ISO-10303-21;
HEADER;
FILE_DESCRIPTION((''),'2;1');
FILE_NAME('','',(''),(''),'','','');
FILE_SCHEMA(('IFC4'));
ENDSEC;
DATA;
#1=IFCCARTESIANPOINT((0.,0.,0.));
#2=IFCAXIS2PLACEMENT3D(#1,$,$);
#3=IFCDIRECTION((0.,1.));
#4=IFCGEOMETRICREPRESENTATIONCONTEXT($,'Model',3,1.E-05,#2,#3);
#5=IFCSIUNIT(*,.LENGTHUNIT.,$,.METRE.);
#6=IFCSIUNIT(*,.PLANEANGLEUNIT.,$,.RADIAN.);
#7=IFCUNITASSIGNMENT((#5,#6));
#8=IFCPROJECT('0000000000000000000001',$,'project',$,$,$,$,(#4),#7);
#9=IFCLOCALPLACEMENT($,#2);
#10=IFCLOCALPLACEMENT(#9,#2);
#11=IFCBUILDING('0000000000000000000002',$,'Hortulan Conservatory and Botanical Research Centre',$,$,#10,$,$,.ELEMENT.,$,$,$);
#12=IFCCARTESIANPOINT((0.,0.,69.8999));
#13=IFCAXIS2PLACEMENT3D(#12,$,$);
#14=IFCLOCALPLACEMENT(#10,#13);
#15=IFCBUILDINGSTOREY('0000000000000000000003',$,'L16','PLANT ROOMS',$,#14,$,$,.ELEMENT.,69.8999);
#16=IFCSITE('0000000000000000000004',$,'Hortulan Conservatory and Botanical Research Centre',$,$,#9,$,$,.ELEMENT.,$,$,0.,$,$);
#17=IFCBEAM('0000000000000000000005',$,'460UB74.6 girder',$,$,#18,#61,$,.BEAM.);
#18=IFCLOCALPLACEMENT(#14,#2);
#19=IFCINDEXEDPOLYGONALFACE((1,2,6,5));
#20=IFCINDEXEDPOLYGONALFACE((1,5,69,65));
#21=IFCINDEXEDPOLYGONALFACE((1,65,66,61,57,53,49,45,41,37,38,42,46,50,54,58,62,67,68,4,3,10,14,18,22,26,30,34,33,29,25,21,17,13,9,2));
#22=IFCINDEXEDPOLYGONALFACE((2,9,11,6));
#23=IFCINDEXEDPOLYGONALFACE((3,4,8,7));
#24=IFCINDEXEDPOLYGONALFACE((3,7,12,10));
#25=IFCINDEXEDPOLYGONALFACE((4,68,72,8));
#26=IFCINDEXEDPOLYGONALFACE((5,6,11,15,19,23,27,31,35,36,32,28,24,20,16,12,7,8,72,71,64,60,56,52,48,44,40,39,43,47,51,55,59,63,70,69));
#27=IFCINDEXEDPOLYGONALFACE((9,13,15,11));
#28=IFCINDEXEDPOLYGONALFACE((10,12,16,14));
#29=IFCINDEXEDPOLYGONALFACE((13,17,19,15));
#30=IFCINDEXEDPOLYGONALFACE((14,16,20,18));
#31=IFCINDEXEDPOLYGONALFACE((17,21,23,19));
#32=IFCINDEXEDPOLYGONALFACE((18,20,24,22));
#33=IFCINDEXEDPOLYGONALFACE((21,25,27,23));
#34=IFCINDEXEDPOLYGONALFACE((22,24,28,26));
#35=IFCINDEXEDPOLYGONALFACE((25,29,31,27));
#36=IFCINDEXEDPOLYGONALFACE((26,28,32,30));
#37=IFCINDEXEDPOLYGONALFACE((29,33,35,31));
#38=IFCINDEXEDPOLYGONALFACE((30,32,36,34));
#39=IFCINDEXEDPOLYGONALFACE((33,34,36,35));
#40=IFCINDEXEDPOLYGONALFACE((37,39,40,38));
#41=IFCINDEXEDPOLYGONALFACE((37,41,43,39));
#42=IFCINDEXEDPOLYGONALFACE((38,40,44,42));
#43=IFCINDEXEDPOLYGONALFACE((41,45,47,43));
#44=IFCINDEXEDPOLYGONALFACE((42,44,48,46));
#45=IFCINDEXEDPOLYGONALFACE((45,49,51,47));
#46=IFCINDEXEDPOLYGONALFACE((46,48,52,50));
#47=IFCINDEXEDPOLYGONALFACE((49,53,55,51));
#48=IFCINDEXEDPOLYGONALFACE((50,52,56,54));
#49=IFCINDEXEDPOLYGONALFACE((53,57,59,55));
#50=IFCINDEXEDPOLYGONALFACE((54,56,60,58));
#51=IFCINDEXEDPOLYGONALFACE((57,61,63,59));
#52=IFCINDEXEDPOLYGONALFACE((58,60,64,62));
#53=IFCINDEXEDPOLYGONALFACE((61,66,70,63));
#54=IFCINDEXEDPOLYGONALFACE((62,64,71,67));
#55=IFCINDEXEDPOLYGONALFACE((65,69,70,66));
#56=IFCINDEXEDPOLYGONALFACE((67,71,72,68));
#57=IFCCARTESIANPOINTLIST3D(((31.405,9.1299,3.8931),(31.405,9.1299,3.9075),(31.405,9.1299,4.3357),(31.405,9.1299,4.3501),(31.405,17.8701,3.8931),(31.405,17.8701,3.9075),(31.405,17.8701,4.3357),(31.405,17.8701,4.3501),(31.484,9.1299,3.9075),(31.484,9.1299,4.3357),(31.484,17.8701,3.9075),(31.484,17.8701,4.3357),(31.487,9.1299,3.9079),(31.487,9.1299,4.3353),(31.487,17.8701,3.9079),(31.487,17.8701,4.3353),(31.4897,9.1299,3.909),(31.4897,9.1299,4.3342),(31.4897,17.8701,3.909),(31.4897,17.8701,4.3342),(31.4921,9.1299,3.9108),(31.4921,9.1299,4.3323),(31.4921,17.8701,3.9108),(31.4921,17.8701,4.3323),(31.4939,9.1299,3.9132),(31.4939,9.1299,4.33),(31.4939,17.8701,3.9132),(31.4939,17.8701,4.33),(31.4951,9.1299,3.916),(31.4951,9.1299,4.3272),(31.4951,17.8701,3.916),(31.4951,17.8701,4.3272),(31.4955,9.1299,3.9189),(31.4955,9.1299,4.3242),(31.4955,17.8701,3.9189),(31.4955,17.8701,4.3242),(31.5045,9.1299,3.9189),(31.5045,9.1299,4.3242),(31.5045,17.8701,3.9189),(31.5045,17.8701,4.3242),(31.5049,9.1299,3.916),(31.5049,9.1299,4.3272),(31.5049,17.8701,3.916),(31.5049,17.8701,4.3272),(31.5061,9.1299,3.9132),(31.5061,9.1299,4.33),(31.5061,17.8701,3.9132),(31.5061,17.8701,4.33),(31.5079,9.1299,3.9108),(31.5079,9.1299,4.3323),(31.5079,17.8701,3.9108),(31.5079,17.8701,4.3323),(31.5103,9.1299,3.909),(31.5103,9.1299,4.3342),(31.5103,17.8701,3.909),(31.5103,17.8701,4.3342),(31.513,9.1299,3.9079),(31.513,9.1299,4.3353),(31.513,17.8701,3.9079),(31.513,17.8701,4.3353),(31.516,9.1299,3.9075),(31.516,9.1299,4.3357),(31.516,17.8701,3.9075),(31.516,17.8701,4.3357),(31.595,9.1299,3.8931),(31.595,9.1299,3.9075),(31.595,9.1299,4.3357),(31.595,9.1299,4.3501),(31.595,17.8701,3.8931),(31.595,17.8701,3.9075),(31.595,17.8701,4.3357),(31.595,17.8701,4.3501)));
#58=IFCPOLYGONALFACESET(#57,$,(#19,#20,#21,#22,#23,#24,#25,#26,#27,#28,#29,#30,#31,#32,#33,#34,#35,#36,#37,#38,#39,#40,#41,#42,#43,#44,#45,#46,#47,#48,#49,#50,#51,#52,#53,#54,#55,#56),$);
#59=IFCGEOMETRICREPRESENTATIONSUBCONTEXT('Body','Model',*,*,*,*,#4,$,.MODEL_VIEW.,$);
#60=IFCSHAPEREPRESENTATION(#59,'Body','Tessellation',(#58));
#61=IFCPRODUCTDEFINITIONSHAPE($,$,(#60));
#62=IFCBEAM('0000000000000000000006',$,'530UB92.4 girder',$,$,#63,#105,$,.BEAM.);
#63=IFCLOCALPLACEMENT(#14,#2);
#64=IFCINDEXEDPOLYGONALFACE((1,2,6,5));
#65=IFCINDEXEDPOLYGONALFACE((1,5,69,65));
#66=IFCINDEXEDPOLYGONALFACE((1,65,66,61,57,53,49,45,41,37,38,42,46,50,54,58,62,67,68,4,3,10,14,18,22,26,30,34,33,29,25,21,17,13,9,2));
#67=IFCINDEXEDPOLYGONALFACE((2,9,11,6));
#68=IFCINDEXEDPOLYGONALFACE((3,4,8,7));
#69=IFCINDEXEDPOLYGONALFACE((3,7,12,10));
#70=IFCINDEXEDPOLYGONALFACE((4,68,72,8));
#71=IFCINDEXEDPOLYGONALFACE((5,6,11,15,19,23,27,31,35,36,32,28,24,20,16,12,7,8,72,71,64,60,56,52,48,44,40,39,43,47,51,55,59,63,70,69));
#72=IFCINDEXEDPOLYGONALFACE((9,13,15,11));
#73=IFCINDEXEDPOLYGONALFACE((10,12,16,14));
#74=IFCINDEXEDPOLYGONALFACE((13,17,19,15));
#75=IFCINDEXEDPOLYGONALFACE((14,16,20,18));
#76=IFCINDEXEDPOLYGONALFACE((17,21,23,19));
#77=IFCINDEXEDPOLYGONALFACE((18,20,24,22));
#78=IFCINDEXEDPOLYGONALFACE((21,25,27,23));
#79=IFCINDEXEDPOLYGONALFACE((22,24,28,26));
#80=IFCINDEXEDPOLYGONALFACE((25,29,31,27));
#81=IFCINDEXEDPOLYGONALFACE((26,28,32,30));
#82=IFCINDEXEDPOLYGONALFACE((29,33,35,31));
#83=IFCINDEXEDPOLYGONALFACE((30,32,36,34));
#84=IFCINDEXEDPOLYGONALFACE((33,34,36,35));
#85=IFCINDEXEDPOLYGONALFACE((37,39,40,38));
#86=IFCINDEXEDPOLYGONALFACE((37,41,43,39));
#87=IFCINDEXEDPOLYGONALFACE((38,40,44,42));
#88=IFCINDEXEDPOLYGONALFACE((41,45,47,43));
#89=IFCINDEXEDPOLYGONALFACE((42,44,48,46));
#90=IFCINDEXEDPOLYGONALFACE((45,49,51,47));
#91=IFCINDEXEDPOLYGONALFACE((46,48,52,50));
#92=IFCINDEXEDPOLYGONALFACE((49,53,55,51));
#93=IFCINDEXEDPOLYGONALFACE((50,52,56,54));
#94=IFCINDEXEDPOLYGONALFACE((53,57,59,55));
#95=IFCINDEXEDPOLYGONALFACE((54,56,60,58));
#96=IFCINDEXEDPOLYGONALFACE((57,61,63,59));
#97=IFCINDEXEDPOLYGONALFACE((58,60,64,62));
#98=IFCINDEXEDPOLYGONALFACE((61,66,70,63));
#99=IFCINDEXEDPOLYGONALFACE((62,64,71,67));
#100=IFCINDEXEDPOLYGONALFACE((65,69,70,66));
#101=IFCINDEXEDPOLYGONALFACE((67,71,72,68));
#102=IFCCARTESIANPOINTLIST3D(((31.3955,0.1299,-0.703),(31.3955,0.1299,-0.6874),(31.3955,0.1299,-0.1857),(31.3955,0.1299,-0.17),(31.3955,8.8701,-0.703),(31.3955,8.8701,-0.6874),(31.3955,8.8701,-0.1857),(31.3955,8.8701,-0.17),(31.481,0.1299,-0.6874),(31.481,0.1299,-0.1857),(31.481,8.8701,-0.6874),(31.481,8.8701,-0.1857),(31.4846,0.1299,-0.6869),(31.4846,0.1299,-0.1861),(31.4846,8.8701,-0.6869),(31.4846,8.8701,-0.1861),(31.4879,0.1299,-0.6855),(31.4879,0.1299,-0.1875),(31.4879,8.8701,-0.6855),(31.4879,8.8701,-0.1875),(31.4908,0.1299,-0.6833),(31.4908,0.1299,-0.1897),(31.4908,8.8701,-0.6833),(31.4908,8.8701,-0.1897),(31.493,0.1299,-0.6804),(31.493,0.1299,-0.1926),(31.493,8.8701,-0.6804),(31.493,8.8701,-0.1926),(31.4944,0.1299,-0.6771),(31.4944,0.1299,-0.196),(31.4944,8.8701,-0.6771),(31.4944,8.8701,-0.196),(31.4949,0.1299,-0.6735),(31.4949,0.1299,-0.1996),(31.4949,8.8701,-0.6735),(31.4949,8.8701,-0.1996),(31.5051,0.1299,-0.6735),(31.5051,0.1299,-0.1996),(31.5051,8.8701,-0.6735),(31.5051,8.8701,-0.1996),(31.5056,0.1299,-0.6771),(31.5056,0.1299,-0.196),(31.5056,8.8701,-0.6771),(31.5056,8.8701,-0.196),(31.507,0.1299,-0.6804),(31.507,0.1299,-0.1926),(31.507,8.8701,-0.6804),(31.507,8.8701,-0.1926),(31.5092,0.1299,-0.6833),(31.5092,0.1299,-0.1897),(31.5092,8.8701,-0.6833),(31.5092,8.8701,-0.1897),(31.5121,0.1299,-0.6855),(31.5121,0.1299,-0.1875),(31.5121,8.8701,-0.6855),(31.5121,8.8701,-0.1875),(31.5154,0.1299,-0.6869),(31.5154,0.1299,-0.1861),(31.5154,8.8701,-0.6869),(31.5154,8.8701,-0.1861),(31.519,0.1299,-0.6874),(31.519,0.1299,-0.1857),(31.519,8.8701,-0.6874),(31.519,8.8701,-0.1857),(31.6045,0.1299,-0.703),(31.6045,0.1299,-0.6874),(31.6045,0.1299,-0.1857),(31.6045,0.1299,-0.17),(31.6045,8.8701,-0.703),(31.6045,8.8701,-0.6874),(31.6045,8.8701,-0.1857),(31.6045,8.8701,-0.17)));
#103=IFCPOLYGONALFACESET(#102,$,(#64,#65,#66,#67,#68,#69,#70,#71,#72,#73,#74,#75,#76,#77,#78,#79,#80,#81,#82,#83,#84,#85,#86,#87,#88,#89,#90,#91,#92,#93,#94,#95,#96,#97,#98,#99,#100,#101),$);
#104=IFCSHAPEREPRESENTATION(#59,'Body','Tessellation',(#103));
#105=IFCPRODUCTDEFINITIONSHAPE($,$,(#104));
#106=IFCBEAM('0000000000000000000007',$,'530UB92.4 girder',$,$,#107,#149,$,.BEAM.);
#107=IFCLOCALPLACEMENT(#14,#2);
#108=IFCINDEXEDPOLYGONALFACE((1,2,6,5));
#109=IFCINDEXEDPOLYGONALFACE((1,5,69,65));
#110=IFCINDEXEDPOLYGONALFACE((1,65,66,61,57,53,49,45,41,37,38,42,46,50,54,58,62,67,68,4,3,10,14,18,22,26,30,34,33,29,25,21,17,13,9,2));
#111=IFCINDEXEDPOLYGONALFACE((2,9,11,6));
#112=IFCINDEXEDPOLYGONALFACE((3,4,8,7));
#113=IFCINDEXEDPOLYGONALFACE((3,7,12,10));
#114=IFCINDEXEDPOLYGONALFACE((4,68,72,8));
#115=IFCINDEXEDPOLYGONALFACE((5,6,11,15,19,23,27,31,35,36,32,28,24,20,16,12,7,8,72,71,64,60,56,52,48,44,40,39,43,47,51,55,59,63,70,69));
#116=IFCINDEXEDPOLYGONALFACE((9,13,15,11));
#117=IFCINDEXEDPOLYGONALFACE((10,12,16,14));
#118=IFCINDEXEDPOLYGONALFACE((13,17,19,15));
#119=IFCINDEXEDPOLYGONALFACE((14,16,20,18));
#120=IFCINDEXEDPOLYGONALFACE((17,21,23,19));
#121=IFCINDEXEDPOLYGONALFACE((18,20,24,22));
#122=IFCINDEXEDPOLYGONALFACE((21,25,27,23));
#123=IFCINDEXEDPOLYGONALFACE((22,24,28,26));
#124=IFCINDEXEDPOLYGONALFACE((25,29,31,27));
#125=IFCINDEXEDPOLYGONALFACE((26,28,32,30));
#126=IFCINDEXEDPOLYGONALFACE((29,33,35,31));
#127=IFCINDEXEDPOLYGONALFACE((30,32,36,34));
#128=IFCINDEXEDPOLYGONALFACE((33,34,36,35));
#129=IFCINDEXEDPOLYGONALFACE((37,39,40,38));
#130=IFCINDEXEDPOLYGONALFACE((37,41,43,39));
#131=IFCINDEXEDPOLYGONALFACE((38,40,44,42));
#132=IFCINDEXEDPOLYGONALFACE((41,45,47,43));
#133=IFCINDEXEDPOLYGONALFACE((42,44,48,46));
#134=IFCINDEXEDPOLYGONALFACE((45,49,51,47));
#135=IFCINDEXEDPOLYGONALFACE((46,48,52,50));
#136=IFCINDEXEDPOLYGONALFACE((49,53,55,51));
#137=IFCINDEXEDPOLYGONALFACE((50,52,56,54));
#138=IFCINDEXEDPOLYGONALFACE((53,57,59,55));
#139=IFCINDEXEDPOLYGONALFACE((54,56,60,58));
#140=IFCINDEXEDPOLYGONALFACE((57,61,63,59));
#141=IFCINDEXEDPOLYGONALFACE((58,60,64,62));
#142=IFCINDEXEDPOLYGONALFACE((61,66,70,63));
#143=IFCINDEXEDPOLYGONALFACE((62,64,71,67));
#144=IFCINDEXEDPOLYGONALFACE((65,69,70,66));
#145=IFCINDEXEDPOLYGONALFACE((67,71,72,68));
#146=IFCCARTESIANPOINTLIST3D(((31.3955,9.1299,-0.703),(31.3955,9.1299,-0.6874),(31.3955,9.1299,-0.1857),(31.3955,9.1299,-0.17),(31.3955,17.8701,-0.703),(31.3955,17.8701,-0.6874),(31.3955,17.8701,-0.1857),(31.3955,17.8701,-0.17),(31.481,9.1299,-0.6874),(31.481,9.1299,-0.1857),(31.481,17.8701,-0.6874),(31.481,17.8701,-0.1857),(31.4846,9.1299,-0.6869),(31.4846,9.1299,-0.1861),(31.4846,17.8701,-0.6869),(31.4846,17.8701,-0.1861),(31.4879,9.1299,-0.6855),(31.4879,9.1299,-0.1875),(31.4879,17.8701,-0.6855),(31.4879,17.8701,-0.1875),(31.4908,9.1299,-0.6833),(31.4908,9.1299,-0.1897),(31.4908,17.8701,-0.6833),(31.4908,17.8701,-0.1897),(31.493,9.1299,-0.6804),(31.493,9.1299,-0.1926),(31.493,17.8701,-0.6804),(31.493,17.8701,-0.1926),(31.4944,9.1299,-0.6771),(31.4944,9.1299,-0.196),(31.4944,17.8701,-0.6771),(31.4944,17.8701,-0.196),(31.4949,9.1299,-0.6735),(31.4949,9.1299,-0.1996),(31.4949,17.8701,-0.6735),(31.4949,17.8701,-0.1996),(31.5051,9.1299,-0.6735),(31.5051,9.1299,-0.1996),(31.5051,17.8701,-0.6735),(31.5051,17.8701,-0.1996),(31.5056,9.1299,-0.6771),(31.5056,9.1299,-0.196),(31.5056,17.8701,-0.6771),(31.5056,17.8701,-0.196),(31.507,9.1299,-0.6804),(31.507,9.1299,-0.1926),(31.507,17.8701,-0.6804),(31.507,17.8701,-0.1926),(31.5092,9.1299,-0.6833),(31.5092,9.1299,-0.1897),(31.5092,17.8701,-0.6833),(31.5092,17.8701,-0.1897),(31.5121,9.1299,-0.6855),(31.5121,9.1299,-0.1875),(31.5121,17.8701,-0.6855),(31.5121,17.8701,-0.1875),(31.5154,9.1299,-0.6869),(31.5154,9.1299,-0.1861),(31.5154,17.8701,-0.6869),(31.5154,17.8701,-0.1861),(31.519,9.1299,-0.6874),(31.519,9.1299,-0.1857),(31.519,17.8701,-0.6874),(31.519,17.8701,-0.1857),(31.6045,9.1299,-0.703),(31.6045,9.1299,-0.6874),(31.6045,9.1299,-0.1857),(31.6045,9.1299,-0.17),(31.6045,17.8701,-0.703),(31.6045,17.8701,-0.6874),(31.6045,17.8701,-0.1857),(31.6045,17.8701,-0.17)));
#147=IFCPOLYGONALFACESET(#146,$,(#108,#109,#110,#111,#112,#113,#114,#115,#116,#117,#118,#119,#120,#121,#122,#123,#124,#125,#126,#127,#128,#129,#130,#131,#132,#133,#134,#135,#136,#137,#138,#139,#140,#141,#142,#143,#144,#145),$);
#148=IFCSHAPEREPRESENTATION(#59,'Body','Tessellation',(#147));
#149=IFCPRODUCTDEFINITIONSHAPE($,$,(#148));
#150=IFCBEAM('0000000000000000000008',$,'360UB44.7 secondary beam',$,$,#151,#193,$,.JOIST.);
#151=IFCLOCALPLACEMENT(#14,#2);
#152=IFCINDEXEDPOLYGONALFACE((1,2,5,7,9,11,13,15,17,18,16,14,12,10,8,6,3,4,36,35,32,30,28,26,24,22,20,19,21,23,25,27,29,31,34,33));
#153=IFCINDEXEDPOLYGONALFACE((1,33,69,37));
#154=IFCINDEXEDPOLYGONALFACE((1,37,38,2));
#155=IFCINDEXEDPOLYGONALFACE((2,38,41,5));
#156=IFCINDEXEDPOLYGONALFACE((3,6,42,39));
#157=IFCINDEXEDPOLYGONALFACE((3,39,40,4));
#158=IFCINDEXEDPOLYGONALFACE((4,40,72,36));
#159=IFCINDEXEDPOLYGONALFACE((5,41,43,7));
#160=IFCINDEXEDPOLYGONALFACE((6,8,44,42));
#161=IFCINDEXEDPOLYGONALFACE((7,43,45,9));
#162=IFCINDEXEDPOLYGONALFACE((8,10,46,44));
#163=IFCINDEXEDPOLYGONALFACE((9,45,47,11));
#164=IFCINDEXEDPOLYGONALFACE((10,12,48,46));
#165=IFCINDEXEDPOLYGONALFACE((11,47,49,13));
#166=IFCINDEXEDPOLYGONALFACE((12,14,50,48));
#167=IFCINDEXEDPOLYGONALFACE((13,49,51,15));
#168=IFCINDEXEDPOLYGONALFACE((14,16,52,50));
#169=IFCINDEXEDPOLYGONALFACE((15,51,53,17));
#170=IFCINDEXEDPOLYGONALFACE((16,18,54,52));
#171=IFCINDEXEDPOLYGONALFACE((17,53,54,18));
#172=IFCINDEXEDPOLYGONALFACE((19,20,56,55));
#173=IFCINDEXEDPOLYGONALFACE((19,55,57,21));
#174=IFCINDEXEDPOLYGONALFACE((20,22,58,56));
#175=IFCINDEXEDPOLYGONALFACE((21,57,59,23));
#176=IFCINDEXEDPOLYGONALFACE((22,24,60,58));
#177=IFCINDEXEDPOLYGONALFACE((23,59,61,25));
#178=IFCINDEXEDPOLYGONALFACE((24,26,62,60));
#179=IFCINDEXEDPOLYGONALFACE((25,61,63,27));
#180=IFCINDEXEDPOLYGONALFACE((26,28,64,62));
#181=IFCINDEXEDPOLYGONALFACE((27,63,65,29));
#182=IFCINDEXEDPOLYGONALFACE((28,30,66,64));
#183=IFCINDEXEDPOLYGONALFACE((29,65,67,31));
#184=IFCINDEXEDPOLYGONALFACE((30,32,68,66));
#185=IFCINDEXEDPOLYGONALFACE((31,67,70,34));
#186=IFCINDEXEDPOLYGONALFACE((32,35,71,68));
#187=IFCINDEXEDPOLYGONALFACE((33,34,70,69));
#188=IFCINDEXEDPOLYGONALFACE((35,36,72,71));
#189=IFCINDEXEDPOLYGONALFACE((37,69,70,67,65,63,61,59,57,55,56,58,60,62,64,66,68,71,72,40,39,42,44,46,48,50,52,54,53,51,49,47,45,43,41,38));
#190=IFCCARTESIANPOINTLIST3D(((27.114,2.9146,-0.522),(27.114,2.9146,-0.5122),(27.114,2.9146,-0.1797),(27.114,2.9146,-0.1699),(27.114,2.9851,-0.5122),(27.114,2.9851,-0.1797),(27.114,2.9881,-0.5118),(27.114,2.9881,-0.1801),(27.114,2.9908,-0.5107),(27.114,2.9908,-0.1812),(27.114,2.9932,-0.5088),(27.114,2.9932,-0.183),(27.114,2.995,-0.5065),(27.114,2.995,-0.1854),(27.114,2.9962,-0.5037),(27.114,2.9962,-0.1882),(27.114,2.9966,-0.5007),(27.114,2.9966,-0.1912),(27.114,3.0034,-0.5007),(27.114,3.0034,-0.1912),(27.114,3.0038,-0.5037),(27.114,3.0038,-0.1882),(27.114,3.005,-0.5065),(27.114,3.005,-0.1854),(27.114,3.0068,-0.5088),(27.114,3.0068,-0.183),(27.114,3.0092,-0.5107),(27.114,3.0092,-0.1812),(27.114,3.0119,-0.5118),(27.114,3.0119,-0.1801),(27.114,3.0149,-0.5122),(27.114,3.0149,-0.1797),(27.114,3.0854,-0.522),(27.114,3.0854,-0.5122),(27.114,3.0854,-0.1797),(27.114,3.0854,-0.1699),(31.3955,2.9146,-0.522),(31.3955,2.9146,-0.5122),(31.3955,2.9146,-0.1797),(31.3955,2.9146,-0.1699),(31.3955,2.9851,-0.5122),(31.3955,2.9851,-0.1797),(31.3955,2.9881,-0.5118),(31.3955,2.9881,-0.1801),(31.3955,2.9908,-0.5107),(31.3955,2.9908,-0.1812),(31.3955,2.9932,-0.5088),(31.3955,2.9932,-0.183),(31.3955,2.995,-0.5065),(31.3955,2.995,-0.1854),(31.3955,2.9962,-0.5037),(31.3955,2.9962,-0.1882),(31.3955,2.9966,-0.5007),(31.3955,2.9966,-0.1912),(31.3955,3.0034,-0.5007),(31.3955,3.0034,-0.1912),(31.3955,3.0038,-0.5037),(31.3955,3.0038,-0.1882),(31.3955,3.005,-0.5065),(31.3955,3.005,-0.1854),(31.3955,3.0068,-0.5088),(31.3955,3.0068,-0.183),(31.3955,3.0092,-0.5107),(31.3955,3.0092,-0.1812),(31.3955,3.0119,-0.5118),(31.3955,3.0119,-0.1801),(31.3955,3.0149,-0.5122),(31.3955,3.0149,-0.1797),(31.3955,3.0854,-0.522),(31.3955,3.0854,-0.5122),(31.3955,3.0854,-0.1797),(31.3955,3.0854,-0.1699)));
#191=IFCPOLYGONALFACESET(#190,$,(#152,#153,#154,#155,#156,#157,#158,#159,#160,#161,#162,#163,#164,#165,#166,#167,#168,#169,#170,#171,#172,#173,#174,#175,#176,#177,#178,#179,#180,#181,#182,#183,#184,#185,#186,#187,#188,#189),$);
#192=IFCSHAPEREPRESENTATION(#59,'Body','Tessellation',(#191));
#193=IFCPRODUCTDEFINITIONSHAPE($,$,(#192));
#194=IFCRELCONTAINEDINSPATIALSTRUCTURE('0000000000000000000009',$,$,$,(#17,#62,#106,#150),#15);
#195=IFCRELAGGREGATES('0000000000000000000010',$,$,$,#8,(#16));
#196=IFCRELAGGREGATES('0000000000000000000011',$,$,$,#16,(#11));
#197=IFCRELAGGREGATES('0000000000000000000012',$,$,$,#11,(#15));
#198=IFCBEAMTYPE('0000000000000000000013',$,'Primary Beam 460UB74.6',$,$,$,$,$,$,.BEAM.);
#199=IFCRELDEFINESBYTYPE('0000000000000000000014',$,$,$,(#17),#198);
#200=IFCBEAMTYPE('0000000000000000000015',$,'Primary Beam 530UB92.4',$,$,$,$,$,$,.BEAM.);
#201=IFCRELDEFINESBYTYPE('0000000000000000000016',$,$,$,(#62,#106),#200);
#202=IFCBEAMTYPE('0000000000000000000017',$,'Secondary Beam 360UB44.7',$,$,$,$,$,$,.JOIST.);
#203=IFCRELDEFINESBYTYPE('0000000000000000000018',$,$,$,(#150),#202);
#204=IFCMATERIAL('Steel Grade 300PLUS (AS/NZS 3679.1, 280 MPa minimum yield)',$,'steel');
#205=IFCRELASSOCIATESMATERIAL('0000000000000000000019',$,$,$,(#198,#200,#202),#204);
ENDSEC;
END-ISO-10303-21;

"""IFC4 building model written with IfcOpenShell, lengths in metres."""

from ifc_helpers import new_model, si_unit, direction, frame, origin, origin_2d, place, context, subcontext, project, spatial, i_section, extrude, material, material_profile, profile_set, type_object, element, save


model = new_model("IFC4")

# Units and contexts
model_context = context("Model", 3, precision=1e-05, world=origin(), true_north=direction((0.0, 1.0)))
body_context = subcontext(model_context, "Body", "Model", "MODEL_VIEW")
ifc_project = project(units=[si_unit("LENGTHUNIT", "METRE"), si_unit("PLANEANGLEUNIT", "RADIAN")], contexts=[model_context])

# Site, building, storey
site_placement = place(None, origin())
site = spatial("IfcSite", under=ifc_project, at=site_placement, Name="Hortulan Conservatory and Botanical Research Centre", CompositionType="ELEMENT", RefElevation=0.0)
building_placement = place(site_placement, origin())
building = spatial("IfcBuilding", under=site, at=building_placement, Name="Hortulan Conservatory and Botanical Research Centre", CompositionType="ELEMENT")
storey_placement = place(building_placement, frame((0.0, 0.0, 69.8999)))
storey = spatial("IfcBuildingStorey", under=building, at=storey_placement, Name="L16", Description="PLANT ROOMS", CompositionType="ELEMENT", Elevation=69.8999)

# Shared definitions
ifc_material_1 = material(Name="Steel Grade 300PLUS (AS/NZS 3679.1, 280 MPa minimum yield)", Category="steel")

# Beams
ifc_material_profile_1 = material_profile(ifc_material_1, i_section(OverallWidth=0.1899, OverallDepth=0.457, WebThickness=0.009, FlangeThickness=0.0144, FilletRadius=0.0115, at=origin_2d()), Name="460UB74.6")
ifc_profile_set_1 = profile_set([ifc_material_profile_1], Name="Steel Grade 300PLUS (AS/NZS 3679.1, 280 MPa minimum yield)")
beam_type_1 = type_object("IfcBeamType", Name="Primary Beam 460UB74.6", PredefinedType="BEAM", material=ifc_profile_set_1)
for number, where, z_axis, x_axis, name in (
    (1, (31.5, 9.1299, 4.1216), (0.0, 1.0, 0.0), (-1.0, 0.0, 0.0), "460UB74.6 girder"),
):
    element("IfcBeam", number, at=place(storey_placement, frame(where, z_axis=z_axis, x_axis=x_axis)), inside=storey, type_object=beam_type_1, Name=name, PredefinedType="BEAM", context=body_context, shape_type="SweptSolid", body=[
        extrude(i_section(OverallWidth=0.1899, OverallDepth=0.457, WebThickness=0.009, FlangeThickness=0.0144, FilletRadius=0.0115, at=origin_2d()), origin(), (0.0, 0.0, 1.0), 8.7402),
    ])
ifc_material_profile_2 = material_profile(ifc_material_1, i_section(OverallWidth=0.209, OverallDepth=0.533, WebThickness=0.0103, FlangeThickness=0.0156, FilletRadius=0.0139, at=origin_2d()), Name="530UB92.4")
ifc_profile_set_2 = profile_set([ifc_material_profile_2], Name="Steel Grade 300PLUS (AS/NZS 3679.1, 280 MPa minimum yield)")
beam_type_2 = type_object("IfcBeamType", Name="Primary Beam 530UB92.4", PredefinedType="BEAM", material=ifc_profile_set_2)
for number, where, z_axis, x_axis, name in (
    (2, (31.5, 0.1299, -0.4365), (0.0, 1.0, 0.0), (-1.0, 0.0, 0.0), "530UB92.4 girder"),
    (3, (31.5, 9.1299, -0.4365), (0.0, 1.0, 0.0), (-1.0, 0.0, 0.0), "530UB92.4 girder"),
):
    element("IfcBeam", number, at=place(storey_placement, frame(where, z_axis=z_axis, x_axis=x_axis)), inside=storey, type_object=beam_type_2, Name=name, PredefinedType="BEAM", context=body_context, shape_type="SweptSolid", body=[
        extrude(i_section(OverallWidth=0.209, OverallDepth=0.533, WebThickness=0.0103, FlangeThickness=0.0156, FilletRadius=0.0139, at=origin_2d()), origin(), (0.0, 0.0, 1.0), 8.7402),
    ])
ifc_material_profile_3 = material_profile(ifc_material_1, i_section(OverallWidth=0.1709, OverallDepth=0.3521, WebThickness=0.0068, FlangeThickness=0.0098, FilletRadius=0.0115, at=origin_2d()), Name="360UB44.7")
ifc_profile_set_3 = profile_set([ifc_material_profile_3], Name="Steel Grade 300PLUS (AS/NZS 3679.1, 280 MPa minimum yield)")
beam_type_3 = type_object("IfcBeamType", Name="Secondary Beam 360UB44.7", PredefinedType="JOIST", material=ifc_profile_set_3)
for number, where, z_axis, x_axis, name in (
    (4, (27.114, 3.0, -0.3459), (1.0, 0.0, 0.0), (0.0, 1.0, 0.0), "360UB44.7 secondary beam"),
):
    element("IfcBeam", number, at=place(storey_placement, frame(where, z_axis=z_axis, x_axis=x_axis)), inside=storey, type_object=beam_type_3, Name=name, PredefinedType="JOIST", context=body_context, shape_type="SweptSolid", body=[
        extrude(i_section(OverallWidth=0.1709, OverallDepth=0.3521, WebThickness=0.0068, FlangeThickness=0.0098, FilletRadius=0.0115, at=origin_2d()), origin(), (0.0, 0.0, 1.0), 4.2815),
    ])

save(model, "model.ifc")
